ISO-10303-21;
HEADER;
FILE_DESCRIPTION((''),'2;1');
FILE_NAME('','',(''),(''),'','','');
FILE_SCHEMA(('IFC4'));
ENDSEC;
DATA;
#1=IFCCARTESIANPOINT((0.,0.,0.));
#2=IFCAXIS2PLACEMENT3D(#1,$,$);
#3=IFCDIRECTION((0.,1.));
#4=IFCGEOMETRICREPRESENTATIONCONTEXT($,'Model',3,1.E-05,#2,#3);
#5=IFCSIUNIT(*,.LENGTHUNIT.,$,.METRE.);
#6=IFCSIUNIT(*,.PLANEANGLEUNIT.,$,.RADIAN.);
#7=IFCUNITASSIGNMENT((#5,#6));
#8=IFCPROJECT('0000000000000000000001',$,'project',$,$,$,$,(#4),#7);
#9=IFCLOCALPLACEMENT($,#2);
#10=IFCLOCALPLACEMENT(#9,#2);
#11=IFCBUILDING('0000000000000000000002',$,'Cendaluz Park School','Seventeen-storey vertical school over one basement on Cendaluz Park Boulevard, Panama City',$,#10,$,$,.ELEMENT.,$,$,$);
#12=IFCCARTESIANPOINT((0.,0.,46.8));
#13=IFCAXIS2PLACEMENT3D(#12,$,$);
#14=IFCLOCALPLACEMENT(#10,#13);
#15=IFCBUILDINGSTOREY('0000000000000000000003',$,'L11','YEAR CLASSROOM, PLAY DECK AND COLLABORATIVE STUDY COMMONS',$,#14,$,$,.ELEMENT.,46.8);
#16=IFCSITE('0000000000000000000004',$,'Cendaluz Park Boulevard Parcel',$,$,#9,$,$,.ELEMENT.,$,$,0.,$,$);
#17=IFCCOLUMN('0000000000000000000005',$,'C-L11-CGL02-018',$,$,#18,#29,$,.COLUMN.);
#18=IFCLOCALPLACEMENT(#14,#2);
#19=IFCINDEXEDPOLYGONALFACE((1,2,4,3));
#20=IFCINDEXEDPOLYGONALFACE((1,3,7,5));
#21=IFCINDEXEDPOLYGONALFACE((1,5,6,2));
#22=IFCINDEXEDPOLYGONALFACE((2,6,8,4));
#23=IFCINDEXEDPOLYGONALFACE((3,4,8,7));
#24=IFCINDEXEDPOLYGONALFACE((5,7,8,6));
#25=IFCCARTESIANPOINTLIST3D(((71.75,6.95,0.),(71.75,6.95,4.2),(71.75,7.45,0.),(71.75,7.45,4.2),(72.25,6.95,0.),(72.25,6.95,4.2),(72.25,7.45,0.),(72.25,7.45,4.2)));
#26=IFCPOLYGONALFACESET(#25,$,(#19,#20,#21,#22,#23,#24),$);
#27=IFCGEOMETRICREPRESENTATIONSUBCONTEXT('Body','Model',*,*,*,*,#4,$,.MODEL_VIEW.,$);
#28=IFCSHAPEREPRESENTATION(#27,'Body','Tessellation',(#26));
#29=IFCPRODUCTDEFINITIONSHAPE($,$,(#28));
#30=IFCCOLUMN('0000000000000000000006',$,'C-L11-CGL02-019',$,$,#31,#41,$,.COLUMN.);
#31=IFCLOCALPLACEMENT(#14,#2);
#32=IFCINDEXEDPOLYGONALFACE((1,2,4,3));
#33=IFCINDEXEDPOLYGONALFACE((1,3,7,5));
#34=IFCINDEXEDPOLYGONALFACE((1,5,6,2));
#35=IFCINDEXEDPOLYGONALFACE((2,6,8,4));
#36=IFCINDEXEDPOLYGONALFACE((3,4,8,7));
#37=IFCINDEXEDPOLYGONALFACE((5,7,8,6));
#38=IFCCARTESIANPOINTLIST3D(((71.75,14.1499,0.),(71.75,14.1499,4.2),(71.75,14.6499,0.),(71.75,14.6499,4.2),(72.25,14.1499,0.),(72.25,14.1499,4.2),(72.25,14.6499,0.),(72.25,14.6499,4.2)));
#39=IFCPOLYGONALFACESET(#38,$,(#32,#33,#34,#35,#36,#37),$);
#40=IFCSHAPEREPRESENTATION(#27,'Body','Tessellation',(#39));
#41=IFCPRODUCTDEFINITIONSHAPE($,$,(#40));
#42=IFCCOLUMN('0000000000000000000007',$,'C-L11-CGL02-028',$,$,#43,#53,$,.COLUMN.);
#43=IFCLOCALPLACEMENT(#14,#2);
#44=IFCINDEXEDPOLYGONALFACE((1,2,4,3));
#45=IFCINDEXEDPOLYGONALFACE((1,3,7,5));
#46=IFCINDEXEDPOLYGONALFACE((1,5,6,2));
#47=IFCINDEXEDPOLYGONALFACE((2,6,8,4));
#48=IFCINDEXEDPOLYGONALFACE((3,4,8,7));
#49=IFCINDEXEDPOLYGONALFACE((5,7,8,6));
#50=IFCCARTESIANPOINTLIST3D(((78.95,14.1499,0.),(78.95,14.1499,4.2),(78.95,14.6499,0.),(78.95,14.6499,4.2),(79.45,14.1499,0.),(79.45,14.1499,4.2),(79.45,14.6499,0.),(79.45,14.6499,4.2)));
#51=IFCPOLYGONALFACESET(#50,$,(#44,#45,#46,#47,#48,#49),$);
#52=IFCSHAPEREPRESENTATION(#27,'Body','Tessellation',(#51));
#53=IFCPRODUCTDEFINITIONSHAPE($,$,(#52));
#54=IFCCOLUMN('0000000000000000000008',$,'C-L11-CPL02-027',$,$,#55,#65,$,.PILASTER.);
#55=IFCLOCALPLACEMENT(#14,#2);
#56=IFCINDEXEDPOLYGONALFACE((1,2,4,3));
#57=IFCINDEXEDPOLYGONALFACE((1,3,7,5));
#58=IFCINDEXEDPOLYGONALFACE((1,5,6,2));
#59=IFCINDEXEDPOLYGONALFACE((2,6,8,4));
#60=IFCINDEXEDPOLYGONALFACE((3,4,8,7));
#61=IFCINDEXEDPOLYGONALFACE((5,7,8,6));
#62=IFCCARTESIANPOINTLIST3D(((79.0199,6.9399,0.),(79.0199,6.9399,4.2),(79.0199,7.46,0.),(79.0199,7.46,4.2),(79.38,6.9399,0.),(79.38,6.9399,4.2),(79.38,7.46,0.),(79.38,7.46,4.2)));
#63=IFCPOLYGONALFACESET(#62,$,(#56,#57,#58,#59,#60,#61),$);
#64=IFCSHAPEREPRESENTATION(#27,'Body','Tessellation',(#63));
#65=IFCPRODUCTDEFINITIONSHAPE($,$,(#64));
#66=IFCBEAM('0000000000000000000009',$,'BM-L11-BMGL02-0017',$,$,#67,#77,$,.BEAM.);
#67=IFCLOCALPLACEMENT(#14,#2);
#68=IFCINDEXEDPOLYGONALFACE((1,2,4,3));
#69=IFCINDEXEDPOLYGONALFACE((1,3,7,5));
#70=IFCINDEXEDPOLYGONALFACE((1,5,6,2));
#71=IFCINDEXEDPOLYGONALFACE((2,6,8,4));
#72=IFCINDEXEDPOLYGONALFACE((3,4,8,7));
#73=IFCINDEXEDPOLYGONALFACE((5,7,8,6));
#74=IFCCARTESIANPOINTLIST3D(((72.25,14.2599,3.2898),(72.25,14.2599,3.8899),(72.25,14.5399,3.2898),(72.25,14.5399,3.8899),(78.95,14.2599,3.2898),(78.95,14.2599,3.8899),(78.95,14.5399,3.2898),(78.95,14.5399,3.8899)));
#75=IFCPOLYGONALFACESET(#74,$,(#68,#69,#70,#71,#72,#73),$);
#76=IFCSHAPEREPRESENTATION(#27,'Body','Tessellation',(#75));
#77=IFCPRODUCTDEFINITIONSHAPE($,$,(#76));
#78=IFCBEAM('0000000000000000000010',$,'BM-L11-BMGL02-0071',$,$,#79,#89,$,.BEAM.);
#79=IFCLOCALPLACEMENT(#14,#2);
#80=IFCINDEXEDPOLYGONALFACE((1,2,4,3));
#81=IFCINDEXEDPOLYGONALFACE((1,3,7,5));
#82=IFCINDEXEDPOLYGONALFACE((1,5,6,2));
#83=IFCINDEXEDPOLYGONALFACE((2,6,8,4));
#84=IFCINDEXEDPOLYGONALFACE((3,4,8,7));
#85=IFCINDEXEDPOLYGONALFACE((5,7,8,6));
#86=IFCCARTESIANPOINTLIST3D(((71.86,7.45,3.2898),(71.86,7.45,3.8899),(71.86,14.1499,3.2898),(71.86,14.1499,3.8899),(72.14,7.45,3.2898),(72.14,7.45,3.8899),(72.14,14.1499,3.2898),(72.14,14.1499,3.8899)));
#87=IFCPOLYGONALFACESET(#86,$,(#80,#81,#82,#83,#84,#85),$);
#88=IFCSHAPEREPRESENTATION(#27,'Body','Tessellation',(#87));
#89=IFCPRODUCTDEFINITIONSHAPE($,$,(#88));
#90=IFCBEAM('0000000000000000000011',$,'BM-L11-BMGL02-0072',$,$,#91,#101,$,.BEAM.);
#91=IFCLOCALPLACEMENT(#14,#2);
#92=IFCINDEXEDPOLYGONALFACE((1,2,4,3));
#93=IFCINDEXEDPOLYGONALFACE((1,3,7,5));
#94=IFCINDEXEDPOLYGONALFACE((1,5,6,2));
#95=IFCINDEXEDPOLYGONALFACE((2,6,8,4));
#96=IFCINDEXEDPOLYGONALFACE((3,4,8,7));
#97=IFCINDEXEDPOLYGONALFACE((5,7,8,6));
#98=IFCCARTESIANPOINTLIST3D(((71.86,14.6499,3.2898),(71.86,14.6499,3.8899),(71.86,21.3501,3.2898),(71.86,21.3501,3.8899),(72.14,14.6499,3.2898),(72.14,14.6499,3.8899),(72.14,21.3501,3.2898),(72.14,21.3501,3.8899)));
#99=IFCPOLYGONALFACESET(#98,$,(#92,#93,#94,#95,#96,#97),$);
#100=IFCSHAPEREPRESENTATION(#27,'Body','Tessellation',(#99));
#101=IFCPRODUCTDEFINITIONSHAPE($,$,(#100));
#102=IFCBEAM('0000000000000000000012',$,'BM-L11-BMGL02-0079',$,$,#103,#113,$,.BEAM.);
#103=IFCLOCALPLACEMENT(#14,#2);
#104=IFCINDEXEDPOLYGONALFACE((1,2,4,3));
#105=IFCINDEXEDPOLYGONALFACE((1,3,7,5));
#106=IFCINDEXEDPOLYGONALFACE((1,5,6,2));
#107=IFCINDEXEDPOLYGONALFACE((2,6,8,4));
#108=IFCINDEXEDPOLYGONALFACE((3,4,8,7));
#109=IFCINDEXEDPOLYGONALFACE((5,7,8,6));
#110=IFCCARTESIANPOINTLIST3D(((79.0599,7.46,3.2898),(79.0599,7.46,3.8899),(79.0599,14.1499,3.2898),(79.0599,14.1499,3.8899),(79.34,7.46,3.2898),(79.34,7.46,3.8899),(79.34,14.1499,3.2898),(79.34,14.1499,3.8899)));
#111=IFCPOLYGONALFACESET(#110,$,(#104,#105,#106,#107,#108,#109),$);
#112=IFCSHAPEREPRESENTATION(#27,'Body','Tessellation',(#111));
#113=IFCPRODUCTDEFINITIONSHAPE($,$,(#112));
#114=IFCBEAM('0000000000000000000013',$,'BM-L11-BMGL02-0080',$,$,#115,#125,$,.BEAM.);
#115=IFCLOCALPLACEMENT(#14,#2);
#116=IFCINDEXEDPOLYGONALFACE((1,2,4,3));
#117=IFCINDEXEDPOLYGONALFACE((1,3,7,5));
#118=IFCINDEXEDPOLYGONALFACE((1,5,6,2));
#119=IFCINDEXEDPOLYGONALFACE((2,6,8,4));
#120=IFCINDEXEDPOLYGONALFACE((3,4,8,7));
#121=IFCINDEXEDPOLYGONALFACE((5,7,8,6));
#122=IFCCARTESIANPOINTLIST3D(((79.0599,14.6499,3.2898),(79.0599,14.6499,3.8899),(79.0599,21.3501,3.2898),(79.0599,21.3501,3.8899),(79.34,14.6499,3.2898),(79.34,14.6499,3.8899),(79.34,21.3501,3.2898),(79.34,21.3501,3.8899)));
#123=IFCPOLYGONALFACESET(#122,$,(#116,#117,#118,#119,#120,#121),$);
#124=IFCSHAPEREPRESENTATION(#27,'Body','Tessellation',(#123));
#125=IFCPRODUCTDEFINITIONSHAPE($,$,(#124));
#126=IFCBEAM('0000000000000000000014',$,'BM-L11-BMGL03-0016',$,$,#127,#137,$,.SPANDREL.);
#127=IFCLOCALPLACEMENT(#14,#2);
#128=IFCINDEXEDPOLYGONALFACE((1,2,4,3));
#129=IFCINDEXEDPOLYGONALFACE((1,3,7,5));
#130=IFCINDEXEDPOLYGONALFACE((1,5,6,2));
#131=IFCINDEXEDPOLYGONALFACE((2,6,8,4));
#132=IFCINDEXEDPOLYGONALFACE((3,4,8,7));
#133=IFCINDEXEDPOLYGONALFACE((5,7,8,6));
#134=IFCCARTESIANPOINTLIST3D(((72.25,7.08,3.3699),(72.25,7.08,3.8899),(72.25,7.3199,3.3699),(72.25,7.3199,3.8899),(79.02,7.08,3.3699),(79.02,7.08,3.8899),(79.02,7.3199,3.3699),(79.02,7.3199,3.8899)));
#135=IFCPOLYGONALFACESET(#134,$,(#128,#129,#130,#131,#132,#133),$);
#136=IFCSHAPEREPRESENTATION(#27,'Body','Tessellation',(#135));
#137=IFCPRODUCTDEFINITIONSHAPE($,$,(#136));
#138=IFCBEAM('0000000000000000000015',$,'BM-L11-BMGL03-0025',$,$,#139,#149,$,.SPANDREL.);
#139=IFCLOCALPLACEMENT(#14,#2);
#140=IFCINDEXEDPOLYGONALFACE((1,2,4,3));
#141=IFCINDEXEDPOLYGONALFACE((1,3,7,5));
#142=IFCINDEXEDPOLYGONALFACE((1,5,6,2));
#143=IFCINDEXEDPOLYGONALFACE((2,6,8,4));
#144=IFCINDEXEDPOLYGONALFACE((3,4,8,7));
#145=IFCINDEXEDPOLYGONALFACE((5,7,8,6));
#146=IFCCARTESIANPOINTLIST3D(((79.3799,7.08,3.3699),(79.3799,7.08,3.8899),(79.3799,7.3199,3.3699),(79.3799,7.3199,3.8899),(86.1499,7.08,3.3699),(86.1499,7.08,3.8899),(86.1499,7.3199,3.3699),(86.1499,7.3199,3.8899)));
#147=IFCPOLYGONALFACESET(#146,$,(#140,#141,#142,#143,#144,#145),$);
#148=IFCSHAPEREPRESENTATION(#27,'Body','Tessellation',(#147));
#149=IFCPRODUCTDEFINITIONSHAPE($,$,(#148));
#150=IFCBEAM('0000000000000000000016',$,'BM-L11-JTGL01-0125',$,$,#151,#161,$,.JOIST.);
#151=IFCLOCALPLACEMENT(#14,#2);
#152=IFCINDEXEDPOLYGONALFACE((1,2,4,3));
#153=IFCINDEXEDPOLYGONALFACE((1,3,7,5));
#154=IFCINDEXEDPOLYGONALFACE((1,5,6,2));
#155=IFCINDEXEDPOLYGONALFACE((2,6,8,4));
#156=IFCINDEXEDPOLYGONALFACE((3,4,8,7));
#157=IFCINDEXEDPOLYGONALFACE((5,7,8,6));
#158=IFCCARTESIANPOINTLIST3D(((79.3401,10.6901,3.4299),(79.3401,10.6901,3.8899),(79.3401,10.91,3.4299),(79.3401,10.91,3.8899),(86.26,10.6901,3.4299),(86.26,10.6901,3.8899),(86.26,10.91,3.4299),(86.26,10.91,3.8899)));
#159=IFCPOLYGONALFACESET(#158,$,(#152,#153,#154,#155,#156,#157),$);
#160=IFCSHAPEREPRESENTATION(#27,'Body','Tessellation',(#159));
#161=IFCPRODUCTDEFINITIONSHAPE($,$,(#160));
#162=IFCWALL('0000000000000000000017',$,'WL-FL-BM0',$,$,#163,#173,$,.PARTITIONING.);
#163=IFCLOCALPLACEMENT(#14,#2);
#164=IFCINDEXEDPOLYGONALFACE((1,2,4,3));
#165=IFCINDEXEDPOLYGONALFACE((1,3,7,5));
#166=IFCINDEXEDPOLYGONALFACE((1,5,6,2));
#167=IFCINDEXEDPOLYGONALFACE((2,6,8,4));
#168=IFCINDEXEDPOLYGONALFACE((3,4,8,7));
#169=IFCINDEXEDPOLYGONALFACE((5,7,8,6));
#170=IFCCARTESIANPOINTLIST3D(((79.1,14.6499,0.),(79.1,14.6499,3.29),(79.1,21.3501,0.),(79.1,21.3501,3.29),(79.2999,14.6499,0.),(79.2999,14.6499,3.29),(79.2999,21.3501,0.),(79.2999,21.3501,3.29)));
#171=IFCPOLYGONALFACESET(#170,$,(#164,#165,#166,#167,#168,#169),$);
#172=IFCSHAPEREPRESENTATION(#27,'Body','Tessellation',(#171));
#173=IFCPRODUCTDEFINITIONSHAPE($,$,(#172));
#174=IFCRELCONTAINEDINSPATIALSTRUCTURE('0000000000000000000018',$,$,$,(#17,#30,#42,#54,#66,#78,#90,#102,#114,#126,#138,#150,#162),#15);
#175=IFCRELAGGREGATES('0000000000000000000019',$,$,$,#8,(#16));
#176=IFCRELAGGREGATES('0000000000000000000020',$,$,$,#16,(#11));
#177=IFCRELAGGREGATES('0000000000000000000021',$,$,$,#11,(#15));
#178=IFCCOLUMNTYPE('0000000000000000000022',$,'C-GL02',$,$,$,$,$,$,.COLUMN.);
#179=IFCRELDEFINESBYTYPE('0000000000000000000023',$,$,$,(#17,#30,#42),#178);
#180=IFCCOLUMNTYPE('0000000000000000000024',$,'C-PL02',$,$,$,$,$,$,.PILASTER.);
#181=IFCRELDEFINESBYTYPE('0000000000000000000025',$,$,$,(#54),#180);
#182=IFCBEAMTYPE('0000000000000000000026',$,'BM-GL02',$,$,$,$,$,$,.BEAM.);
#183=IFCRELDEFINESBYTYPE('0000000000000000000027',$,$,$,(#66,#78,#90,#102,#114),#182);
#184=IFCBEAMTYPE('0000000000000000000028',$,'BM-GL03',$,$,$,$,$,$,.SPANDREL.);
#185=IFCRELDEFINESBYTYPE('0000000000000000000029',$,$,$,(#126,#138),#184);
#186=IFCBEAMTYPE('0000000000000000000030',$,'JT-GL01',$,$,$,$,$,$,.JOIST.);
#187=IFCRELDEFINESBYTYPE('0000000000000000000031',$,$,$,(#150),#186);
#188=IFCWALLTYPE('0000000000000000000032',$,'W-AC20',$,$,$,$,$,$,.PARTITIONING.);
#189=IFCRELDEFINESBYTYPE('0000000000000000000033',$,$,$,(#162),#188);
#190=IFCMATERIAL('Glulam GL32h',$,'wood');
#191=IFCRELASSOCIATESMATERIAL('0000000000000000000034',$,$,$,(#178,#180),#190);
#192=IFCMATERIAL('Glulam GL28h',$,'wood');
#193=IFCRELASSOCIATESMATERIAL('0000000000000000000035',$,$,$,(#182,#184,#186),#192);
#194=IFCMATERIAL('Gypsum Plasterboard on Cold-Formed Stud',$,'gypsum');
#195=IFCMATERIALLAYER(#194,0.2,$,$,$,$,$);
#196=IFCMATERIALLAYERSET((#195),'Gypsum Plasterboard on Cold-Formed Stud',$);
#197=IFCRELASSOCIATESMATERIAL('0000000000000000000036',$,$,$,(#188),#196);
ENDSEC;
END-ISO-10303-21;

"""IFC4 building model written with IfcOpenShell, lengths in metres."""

from ifc_helpers import new_model, si_unit, direction, frame, frame_2d, origin, origin_2d, place, context, subcontext, project, spatial, rectangle, extrude, material, layer, layer_set, material_profile, profile_set, type_object, element, save


model = new_model("IFC4")

# Units and contexts
model_context = context("Model", 3, precision=1e-05, world=origin(), true_north=direction((0.0, 1.0)))
body_context = subcontext(model_context, "Body", "Model", "MODEL_VIEW")
ifc_project = project(units=[si_unit("LENGTHUNIT", "METRE"), si_unit("PLANEANGLEUNIT", "RADIAN")], contexts=[model_context])

# Site, building, storey
site_placement = place(None, origin())
site = spatial("IfcSite", under=ifc_project, at=site_placement, Name="Cendaluz Park Boulevard Parcel", CompositionType="ELEMENT", RefElevation=0.0)
building_placement = place(site_placement, origin())
building = spatial("IfcBuilding", under=site, at=building_placement, Name="Cendaluz Park School", Description="Seventeen-storey vertical school over one basement on Cendaluz Park Boulevard, Panama City", CompositionType="ELEMENT")
storey_placement = place(building_placement, frame((0.0, 0.0, 46.8)))
storey = spatial("IfcBuildingStorey", under=building, at=storey_placement, Name="L11", Description="YEAR CLASSROOM, PLAY DECK AND COLLABORATIVE STUDY COMMONS", CompositionType="ELEMENT", Elevation=46.8)

# Columns
ifc_material_1 = material(Name="Glulam GL32h", Category="wood")
ifc_material_profile_1 = material_profile(ifc_material_1, rectangle(XDim=0.5, YDim=0.5, at=origin_2d()), Name="GL32h 500x500", Category="wood")
ifc_profile_set_1 = profile_set([ifc_material_profile_1], Name="Glulam GL32h")
column_type_1 = type_object("IfcColumnType", Name="C-GL02", PredefinedType="COLUMN", material=ifc_profile_set_1)
for number, where, z_axis, x_axis, name in (
    (1, (72.0, 7.2, 0.0), (0.0, 0.0, 1.0), (1.0, 0.0, 0.0), "C-L11-CGL02-018"),
    (2, (72.0, 14.3999, 0.0), (0.0, 0.0, 1.0), (1.0, 0.0, 0.0), "C-L11-CGL02-019"),
    (3, (79.2, 14.3999, 0.0), (0.0, 0.0, 1.0), (1.0, 0.0, 0.0), "C-L11-CGL02-028"),
):
    element("IfcColumn", number, at=place(storey_placement, frame(where, z_axis=z_axis, x_axis=x_axis)), inside=storey, type_object=column_type_1, Name=name, PredefinedType="COLUMN", context=body_context, shape_type="SweptSolid", body=[
        extrude(rectangle(XDim=0.5, YDim=0.5, at=origin_2d()), origin(), (0.0, 0.0, 1.0), 4.2),
    ])
ifc_material_profile_2 = material_profile(ifc_material_1, rectangle(XDim=0.3601, YDim=0.52, at=origin_2d()), Name="GL32h 360x520", Category="wood")
ifc_profile_set_2 = profile_set([ifc_material_profile_2], Name="Glulam GL32h")
column_type_2 = type_object("IfcColumnType", Name="C-PL02", PredefinedType="PILASTER", material=ifc_profile_set_2)
column_placement = place(storey_placement, frame((79.2, 7.2, 0.0), z_axis=(0.0, 0.0, 1.0), x_axis=(1.0, 0.0, 0.0)))
element("IfcColumn", 4, at=column_placement, inside=storey, type_object=column_type_2, Name="C-L11-CPL02-027", PredefinedType="PILASTER", context=body_context, shape_type="SweptSolid", body=[
    extrude(rectangle(XDim=0.3601, YDim=0.52, at=origin_2d()), origin(), (0.0, 0.0, 1.0), 4.2),
])

# Beams
ifc_material_2 = material(Name="Glulam GL28h", Category="wood")
ifc_material_profile_3 = material_profile(ifc_material_2, rectangle(XDim=0.28, YDim=0.6001, at=origin_2d()), Name="GL28h 280x600", Category="wood")
ifc_profile_set_3 = profile_set([ifc_material_profile_3], Name="Glulam GL28h")
beam_type_1 = type_object("IfcBeamType", Name="BM-GL02", PredefinedType="BEAM", material=ifc_profile_set_3)
for number, where, z_axis, x_axis, name in (
    (5, (72.25, 14.3999, 3.5898), (1.0, 0.0, 0.0), (0.0, 1.0, 0.0), "BM-L11-BMGL02-0017"),
    (6, (72.0, 7.45, 3.5898), (0.0, 1.0, 0.0), (-1.0, 0.0, 0.0), "BM-L11-BMGL02-0071"),
):
    element("IfcBeam", number, at=place(storey_placement, frame(where, z_axis=z_axis, x_axis=x_axis)), inside=storey, type_object=beam_type_1, Name=name, PredefinedType="BEAM", context=body_context, shape_type="SweptSolid", body=[
        extrude(rectangle(XDim=0.28, YDim=0.6001, at=origin_2d()), origin(), (0.0, 0.0, 1.0), 6.7),
    ])
beam_1_placement = place(storey_placement, frame((72.0, 14.6499, 3.5898), z_axis=(0.0, 1.0, 0.0), x_axis=(-1.0, 0.0, 0.0)))
element("IfcBeam", 7, at=beam_1_placement, inside=storey, type_object=beam_type_1, Name="BM-L11-BMGL02-0072", PredefinedType="BEAM", context=body_context, shape_type="SweptSolid", body=[
    extrude(rectangle(XDim=0.28, YDim=0.6001, at=origin_2d()), origin(), (0.0, 0.0, 1.0), 6.7002),
])
beam_2_placement = place(storey_placement, frame((79.2, 7.46, 3.5898), z_axis=(0.0, 1.0, 0.0), x_axis=(-1.0, 0.0, 0.0)))
element("IfcBeam", 8, at=beam_2_placement, inside=storey, type_object=beam_type_1, Name="BM-L11-BMGL02-0079", PredefinedType="BEAM", context=body_context, shape_type="SweptSolid", body=[
    extrude(rectangle(XDim=0.28, YDim=0.6001, at=origin_2d()), origin(), (0.0, 0.0, 1.0), 6.6899),
])
beam_3_placement = place(storey_placement, frame((79.2, 14.6499, 3.5898), z_axis=(0.0, 1.0, 0.0), x_axis=(-1.0, 0.0, 0.0)))
element("IfcBeam", 9, at=beam_3_placement, inside=storey, type_object=beam_type_1, Name="BM-L11-BMGL02-0080", PredefinedType="BEAM", context=body_context, shape_type="SweptSolid", body=[
    extrude(rectangle(XDim=0.28, YDim=0.6001, at=origin_2d()), origin(), (0.0, 0.0, 1.0), 6.7002),
])
ifc_material_profile_4 = material_profile(ifc_material_2, rectangle(XDim=0.24, YDim=0.52, at=origin_2d()), Name="GL28h 240x520", Category="wood")
ifc_profile_set_4 = profile_set([ifc_material_profile_4], Name="Glulam GL28h")
beam_type_2 = type_object("IfcBeamType", Name="BM-GL03", PredefinedType="SPANDREL", material=ifc_profile_set_4)
for number, where, z_axis, x_axis, name in (
    (10, (72.25, 7.2, 3.6299), (1.0, 0.0, 0.0), (0.0, 1.0, 0.0), "BM-L11-BMGL03-0016"),
    (11, (79.3799, 7.2, 3.6299), (1.0, 0.0, 0.0), (0.0, 1.0, 0.0), "BM-L11-BMGL03-0025"),
):
    element("IfcBeam", number, at=place(storey_placement, frame(where, z_axis=z_axis, x_axis=x_axis)), inside=storey, type_object=beam_type_2, Name=name, PredefinedType="SPANDREL", context=body_context, shape_type="SweptSolid", body=[
        extrude(rectangle(XDim=0.24, YDim=0.52, at=origin_2d()), origin(), (0.0, 0.0, 1.0), 6.77),
    ])
ifc_material_profile_5 = material_profile(ifc_material_2, rectangle(XDim=0.22, YDim=0.46, at=origin_2d()), Name="GL28h 220x460", Category="wood")
ifc_profile_set_5 = profile_set([ifc_material_profile_5], Name="Glulam GL28h")
beam_type_3 = type_object("IfcBeamType", Name="JT-GL01", PredefinedType="JOIST", material=ifc_profile_set_5)
beam_4_placement = place(storey_placement, frame((79.3401, 10.8, 3.6599), z_axis=(1.0, 0.0, 0.0), x_axis=(0.0, 1.0, 0.0)))
element("IfcBeam", 12, at=beam_4_placement, inside=storey, type_object=beam_type_3, Name="BM-L11-JTGL01-0125", PredefinedType="JOIST", context=body_context, shape_type="SweptSolid", body=[
    extrude(rectangle(XDim=0.22, YDim=0.46, at=origin_2d()), origin(), (0.0, 0.0, 1.0), 6.9199),
])

# Wall
ifc_material_3 = material(Name="Gypsum Plasterboard on Cold-Formed Stud", Category="gypsum")
ifc_layer_1 = layer(ifc_material_3, 0.2)
ifc_layer_set_1 = layer_set([ifc_layer_1], Name="Gypsum Plasterboard on Cold-Formed Stud")
wall_type_1 = type_object("IfcWallType", Name="W-AC20", PredefinedType="PARTITIONING", material=ifc_layer_set_1)
wall_1_placement = place(storey_placement, frame((79.2, 14.6499, 0.0), z_axis=(0.0, 0.0, 1.0), x_axis=(0.0, 1.0, 0.0)))
element("IfcWall", 13, at=wall_1_placement, inside=storey, type_object=wall_type_1, Name="WL-FL-BM0", PredefinedType="PARTITIONING", context=body_context, shape_type="SweptSolid", body=[
    extrude(rectangle(XDim=6.7002, YDim=0.2, at=frame_2d((3.3501, 0.0))), origin(), (0.0, 0.0, 1.0), 3.29),
])

save(model, "model.ifc")
